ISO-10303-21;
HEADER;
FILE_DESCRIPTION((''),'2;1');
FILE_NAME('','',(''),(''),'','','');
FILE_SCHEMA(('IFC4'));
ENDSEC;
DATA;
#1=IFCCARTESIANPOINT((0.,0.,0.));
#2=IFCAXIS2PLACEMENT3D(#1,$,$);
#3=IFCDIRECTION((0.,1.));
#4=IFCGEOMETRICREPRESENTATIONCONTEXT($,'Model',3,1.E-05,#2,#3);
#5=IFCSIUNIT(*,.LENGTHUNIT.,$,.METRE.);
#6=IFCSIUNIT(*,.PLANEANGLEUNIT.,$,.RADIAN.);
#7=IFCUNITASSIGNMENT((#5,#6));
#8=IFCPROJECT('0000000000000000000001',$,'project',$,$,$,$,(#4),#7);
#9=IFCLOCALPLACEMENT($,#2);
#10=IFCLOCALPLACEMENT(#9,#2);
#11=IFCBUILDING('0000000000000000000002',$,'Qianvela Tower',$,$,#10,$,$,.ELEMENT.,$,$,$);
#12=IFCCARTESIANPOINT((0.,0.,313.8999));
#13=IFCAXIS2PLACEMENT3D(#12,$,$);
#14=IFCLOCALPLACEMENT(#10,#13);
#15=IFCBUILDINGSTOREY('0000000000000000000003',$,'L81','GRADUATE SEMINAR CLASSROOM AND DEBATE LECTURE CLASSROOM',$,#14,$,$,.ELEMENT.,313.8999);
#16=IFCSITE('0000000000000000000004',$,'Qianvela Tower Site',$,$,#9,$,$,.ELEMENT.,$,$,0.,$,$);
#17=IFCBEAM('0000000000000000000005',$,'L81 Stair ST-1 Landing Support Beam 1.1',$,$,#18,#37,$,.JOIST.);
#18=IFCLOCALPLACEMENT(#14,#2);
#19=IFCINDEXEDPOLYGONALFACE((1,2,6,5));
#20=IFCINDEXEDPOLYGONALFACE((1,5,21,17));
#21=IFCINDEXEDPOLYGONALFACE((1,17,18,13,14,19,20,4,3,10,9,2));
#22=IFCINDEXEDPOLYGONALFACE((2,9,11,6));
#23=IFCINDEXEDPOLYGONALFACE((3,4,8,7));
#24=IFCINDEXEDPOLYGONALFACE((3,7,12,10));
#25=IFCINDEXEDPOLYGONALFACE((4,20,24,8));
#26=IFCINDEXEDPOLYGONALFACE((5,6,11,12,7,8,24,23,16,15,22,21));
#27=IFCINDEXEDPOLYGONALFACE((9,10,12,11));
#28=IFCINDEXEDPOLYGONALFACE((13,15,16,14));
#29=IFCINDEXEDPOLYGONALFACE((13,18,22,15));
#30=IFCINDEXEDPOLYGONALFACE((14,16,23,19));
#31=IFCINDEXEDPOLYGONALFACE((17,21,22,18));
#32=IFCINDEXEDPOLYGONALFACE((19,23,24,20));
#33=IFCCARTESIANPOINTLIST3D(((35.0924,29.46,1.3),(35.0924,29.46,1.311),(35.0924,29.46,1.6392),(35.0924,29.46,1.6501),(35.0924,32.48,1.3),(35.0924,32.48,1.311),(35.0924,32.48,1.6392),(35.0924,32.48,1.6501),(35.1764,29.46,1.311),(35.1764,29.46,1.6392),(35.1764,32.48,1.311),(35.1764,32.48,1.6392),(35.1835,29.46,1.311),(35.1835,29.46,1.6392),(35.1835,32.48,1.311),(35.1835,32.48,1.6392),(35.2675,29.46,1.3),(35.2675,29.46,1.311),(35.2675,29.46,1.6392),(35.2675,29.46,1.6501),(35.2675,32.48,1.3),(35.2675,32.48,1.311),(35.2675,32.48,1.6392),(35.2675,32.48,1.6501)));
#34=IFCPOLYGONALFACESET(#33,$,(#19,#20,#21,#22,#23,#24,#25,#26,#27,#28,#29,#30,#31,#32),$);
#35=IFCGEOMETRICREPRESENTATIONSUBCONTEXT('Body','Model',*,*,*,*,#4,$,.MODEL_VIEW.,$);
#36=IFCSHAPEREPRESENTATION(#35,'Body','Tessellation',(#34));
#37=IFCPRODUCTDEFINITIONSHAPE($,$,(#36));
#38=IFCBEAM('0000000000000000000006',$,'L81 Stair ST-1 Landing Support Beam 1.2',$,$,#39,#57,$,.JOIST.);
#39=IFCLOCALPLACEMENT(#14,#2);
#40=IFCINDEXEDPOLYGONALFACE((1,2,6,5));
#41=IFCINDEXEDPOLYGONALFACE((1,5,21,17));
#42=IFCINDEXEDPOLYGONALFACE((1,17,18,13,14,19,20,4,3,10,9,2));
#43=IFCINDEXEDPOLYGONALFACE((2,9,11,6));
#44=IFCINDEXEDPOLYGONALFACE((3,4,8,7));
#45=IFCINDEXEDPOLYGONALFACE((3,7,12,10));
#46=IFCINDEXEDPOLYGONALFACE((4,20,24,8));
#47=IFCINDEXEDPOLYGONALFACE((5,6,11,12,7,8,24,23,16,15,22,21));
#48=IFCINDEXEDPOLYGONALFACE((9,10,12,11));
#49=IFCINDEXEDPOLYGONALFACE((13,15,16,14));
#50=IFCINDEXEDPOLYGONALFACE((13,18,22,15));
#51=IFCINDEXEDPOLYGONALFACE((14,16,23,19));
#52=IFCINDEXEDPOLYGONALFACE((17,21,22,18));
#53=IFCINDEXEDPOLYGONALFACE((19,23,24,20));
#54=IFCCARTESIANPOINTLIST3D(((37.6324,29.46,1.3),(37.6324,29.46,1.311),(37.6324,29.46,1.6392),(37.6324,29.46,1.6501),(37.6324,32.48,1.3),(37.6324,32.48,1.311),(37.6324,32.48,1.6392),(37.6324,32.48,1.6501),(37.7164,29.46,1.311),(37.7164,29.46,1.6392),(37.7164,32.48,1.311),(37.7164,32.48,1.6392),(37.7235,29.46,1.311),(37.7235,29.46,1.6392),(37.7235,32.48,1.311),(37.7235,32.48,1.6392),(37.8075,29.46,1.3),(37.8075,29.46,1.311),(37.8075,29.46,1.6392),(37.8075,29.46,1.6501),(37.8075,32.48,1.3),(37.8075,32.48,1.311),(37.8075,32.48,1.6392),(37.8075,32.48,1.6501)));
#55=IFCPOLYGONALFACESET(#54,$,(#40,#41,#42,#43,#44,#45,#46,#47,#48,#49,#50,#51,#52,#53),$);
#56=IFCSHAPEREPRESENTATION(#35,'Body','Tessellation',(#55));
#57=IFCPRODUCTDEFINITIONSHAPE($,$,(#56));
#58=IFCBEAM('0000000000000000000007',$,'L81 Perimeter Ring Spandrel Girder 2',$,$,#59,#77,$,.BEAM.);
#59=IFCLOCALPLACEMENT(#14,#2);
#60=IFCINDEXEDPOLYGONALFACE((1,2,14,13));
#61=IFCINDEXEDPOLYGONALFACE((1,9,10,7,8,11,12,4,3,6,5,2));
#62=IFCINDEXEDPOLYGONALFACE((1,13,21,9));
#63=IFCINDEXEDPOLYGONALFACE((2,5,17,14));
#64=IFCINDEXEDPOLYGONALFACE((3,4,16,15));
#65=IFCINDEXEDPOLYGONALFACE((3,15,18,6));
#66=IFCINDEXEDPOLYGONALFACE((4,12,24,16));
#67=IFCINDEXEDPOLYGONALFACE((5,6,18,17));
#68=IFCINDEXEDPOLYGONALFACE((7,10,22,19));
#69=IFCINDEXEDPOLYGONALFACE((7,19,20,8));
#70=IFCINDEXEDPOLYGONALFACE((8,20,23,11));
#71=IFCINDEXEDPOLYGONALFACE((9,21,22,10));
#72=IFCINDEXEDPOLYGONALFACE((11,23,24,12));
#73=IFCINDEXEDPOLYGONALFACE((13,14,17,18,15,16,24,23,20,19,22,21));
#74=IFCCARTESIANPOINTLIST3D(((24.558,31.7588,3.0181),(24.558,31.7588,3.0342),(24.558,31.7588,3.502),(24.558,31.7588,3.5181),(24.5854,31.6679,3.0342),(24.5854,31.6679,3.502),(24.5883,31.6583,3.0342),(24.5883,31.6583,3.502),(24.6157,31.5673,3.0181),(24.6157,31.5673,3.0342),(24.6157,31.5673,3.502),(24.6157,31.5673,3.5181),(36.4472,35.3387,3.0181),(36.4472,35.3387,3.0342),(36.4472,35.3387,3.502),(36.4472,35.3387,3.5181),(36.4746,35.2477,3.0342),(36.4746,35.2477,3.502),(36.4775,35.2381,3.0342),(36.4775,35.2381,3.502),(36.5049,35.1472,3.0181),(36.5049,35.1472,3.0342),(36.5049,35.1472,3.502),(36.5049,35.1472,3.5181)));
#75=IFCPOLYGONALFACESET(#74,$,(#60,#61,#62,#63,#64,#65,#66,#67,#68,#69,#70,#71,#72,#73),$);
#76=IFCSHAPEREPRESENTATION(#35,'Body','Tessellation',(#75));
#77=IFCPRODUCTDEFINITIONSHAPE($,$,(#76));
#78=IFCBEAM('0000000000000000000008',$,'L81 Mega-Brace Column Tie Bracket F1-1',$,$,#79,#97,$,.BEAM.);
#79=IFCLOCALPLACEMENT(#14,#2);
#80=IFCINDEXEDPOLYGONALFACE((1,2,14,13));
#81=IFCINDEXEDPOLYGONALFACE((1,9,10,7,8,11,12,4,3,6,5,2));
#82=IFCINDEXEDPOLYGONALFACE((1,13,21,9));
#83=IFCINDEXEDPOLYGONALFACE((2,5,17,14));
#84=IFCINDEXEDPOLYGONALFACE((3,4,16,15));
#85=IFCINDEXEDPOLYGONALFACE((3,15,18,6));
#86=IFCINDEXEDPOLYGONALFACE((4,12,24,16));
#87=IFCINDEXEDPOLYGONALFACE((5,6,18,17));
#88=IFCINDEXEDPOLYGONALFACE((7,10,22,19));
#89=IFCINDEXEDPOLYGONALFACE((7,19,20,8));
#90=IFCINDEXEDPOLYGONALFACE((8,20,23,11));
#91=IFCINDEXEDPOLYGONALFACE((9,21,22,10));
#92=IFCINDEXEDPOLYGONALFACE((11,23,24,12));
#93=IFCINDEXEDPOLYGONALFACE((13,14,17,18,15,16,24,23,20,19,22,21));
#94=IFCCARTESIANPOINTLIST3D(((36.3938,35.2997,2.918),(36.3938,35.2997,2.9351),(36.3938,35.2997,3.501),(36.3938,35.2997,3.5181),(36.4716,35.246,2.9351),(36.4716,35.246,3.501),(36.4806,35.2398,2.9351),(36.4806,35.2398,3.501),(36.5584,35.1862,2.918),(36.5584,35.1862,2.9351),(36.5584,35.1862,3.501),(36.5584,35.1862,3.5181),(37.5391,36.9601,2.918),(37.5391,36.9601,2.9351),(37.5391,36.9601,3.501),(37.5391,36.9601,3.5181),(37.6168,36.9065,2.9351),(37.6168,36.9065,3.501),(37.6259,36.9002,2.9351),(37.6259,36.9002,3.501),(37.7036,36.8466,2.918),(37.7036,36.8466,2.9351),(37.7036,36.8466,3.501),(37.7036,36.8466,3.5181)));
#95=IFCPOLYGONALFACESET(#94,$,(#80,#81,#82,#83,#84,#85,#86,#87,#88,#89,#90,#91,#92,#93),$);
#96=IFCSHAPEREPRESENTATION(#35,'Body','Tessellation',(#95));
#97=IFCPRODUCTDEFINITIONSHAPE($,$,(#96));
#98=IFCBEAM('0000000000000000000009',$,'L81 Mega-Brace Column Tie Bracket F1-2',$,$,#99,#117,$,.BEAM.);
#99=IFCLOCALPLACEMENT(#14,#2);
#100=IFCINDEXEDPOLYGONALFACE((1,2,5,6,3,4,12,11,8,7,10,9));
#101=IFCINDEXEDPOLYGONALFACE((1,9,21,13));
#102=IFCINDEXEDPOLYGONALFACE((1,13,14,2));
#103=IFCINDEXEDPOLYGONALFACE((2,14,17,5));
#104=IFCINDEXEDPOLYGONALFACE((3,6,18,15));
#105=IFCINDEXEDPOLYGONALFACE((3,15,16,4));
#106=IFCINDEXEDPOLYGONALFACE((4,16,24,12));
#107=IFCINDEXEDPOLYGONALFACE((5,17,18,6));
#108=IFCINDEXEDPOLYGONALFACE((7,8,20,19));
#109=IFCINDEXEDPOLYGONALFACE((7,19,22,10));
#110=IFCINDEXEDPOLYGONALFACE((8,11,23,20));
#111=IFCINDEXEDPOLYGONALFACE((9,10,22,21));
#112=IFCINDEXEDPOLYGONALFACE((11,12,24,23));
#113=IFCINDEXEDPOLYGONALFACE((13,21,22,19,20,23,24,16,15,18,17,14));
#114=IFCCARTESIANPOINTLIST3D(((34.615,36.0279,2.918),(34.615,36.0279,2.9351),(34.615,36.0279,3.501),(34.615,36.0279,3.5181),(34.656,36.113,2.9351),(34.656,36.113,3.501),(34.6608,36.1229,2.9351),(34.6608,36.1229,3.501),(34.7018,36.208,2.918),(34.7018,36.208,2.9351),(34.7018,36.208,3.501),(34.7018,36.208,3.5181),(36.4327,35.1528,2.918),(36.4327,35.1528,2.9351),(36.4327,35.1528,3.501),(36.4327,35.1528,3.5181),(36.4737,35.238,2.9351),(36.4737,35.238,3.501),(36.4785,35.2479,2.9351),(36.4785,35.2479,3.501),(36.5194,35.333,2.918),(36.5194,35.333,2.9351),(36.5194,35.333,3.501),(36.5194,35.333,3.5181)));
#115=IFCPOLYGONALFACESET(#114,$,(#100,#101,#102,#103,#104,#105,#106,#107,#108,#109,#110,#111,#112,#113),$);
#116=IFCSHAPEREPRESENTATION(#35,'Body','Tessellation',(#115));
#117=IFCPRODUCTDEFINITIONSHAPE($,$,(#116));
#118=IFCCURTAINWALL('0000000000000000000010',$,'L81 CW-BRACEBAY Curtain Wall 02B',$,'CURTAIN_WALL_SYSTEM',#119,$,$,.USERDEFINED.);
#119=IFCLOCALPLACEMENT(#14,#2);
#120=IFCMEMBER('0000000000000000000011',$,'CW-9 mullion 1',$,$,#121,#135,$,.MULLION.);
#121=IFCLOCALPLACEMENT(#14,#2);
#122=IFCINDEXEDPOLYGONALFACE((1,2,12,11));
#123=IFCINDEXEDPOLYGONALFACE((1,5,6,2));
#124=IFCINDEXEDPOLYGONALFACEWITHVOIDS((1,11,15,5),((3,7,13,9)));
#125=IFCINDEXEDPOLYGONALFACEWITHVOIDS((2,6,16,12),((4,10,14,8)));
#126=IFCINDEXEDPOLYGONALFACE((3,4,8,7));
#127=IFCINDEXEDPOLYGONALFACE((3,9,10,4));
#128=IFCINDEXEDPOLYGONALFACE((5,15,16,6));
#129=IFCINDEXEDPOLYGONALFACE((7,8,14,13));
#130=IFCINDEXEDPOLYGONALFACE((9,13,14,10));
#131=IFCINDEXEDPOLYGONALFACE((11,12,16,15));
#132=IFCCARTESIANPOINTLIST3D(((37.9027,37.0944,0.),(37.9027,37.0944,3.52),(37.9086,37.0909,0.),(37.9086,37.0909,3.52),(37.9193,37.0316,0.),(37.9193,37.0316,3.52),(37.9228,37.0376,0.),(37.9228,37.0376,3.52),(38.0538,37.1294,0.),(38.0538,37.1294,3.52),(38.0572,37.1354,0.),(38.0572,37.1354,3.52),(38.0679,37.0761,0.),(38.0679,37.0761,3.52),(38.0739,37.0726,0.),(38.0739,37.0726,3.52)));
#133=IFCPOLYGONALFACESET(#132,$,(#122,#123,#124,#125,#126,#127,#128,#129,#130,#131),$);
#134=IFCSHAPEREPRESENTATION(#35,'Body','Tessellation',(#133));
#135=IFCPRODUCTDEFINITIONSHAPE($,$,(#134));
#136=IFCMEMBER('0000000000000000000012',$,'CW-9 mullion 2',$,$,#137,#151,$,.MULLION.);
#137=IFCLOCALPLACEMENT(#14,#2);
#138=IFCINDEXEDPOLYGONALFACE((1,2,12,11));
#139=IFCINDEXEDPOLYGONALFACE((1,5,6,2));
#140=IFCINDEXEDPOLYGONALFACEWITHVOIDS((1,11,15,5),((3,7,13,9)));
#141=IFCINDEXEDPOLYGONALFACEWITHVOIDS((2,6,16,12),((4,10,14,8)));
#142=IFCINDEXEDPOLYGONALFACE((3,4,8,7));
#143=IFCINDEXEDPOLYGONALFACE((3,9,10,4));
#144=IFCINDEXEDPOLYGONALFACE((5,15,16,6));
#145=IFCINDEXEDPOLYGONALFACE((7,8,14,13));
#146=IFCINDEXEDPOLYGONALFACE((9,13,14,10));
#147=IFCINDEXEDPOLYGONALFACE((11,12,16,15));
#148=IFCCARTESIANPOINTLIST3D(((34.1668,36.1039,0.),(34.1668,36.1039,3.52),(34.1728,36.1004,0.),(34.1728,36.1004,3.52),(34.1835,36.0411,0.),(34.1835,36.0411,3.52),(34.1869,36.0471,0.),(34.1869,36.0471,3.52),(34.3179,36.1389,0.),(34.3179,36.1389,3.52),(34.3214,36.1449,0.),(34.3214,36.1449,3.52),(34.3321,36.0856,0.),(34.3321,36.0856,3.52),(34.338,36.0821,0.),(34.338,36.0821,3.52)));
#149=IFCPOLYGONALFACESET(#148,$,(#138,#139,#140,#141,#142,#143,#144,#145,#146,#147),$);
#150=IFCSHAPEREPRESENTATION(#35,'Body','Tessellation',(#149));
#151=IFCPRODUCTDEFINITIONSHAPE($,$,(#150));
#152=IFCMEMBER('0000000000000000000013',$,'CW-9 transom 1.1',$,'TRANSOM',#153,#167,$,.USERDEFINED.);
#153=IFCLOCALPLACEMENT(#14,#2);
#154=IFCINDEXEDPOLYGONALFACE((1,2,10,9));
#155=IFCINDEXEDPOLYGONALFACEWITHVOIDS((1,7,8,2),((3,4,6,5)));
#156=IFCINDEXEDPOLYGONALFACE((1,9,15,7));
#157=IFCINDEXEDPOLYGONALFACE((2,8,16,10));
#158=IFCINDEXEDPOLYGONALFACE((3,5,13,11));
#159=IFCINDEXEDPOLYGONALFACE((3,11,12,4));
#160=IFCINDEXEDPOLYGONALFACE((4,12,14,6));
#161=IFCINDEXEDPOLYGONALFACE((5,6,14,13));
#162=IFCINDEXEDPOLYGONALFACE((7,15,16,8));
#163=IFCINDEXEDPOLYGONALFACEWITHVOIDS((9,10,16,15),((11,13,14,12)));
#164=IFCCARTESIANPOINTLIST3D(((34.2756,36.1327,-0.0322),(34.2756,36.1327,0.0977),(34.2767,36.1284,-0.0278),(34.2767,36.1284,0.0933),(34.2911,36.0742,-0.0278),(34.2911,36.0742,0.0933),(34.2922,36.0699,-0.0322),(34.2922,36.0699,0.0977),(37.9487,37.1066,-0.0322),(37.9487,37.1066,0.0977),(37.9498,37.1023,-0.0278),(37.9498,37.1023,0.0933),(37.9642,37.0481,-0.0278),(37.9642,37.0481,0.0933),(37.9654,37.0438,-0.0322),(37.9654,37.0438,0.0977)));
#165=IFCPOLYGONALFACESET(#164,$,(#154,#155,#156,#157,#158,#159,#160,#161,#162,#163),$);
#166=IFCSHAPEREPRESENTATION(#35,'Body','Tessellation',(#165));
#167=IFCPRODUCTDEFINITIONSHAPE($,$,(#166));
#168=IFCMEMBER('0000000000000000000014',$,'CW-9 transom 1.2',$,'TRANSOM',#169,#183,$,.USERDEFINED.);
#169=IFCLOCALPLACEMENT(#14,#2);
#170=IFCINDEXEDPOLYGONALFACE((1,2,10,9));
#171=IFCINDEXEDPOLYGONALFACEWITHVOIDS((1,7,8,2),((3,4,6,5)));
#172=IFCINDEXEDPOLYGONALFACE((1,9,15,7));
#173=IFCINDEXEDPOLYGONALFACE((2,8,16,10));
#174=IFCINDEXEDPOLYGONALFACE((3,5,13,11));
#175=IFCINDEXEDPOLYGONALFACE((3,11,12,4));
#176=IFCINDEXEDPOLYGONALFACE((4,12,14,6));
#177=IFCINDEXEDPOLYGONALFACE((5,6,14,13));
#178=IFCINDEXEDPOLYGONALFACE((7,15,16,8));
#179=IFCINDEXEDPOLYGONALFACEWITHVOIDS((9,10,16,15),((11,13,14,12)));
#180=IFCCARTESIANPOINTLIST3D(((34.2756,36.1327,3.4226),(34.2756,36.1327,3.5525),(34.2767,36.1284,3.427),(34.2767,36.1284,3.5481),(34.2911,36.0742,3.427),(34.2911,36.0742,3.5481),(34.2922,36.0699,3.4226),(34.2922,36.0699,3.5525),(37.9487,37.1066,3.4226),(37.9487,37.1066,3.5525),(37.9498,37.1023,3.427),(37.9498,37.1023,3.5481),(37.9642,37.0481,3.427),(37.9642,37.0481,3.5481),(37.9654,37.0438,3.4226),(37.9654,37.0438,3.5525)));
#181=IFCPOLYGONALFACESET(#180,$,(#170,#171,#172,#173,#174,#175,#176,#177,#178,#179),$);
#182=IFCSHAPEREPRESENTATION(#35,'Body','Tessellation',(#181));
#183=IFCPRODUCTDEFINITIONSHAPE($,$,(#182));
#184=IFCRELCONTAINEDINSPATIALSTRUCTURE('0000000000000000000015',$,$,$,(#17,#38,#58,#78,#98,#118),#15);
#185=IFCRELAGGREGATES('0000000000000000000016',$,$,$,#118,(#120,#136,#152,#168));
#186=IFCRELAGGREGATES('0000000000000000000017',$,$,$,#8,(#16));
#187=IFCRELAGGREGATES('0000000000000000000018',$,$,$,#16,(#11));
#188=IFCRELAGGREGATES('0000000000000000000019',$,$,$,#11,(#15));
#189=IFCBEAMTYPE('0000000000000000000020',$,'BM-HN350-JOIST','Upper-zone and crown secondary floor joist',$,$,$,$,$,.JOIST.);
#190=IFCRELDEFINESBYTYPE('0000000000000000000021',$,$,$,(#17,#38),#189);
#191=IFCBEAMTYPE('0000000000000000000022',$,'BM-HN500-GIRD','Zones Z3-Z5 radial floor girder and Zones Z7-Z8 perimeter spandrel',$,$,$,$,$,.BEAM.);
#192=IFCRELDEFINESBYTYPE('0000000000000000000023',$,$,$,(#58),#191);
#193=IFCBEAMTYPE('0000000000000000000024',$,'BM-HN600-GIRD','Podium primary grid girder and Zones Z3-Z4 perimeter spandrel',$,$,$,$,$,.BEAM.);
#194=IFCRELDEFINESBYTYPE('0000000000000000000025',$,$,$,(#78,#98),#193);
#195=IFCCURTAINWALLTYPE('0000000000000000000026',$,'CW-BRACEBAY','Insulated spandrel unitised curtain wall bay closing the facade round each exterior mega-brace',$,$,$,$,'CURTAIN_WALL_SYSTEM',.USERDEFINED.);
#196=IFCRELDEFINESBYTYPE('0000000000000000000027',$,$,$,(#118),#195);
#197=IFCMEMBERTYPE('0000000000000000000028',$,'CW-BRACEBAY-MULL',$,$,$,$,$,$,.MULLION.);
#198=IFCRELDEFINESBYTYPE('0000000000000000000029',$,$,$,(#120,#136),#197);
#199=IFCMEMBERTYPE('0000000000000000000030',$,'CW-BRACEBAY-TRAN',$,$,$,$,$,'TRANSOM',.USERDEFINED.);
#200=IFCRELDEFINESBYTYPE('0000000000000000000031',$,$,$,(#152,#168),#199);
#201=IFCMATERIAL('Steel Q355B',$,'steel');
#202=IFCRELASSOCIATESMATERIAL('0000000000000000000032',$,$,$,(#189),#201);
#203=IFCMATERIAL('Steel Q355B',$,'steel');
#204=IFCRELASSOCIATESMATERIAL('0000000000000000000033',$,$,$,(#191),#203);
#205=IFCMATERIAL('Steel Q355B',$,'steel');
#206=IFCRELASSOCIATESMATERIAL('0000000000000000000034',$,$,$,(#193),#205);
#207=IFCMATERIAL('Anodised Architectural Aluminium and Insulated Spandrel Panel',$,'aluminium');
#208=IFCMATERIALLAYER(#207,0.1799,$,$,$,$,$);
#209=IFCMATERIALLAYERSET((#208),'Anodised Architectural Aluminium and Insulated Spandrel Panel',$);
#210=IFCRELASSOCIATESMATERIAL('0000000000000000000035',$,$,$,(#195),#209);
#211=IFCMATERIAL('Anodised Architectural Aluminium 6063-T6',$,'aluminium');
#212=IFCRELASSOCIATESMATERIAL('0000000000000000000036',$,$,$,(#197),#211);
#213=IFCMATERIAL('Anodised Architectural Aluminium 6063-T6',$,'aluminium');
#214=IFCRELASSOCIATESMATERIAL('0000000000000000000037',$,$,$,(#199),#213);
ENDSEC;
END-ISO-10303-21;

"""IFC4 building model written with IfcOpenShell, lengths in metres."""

from ifc_helpers import new_model, si_unit, direction, frame, origin, origin_2d, place, context, subcontext, project, spatial, hollow_rectangle, i_section, extrude, material, layer, layer_set, material_profile, profile_set, type_object, element, aggregate, save


model = new_model("IFC4")

# Units and contexts
model_context = context("Model", 3, precision=1e-05, world=origin(), true_north=direction((0.0, 1.0)))
body_context = subcontext(model_context, "Body", "Model", "MODEL_VIEW")
ifc_project = project(units=[si_unit("LENGTHUNIT", "METRE"), si_unit("PLANEANGLEUNIT", "RADIAN")], contexts=[model_context])

# Site, building, storey
site_placement = place(None, origin())
site = spatial("IfcSite", under=ifc_project, at=site_placement, Name="Qianvela Tower Site", CompositionType="ELEMENT", RefElevation=0.0)
building_placement = place(site_placement, origin())
building = spatial("IfcBuilding", under=site, at=building_placement, Name="Qianvela Tower", CompositionType="ELEMENT")
storey_placement = place(building_placement, frame((0.0, 0.0, 313.8999)))
storey = spatial("IfcBuildingStorey", under=building, at=storey_placement, Name="L81", Description="GRADUATE SEMINAR CLASSROOM AND DEBATE LECTURE CLASSROOM", CompositionType="ELEMENT", Elevation=313.8999)

# Beams
ifc_material_1 = material(Name="Steel Q355B", Category="steel")
ifc_material_profile_1 = material_profile(ifc_material_1, i_section(OverallWidth=0.175, OverallDepth=0.3501, WebThickness=0.0071, FlangeThickness=0.011, at=origin_2d()), Name="HN350x175x7x11")
ifc_profile_set_1 = profile_set([ifc_material_profile_1], Name="Steel Q355B")
beam_type_1 = type_object("IfcBeamType", Name="BM-HN350-JOIST", Description="Upper-zone and crown secondary floor joist", PredefinedType="JOIST", material=ifc_profile_set_1)
for number, where, z_axis, x_axis, name in (
    (1, (35.1799, 29.46, 1.4751), (0.0, 1.0, 0.0), (-1.0, 0.0, 0.0), "L81 Stair ST-1 Landing Support Beam 1.1"),
    (2, (37.72, 29.46, 1.4751), (0.0, 1.0, 0.0), (-1.0, 0.0, 0.0), "L81 Stair ST-1 Landing Support Beam 1.2"),
):
    element("IfcBeam", number, at=place(storey_placement, frame(where, z_axis=z_axis, x_axis=x_axis)), inside=storey, type_object=beam_type_1, Name=name, PredefinedType="JOIST", context=body_context, shape_type="SweptSolid", body=[
        extrude(i_section(OverallWidth=0.175, OverallDepth=0.3501, WebThickness=0.0071, FlangeThickness=0.011, at=origin_2d()), origin(), (0.0, 0.0, 1.0), 3.02),
    ])
ifc_material_2 = material(Name="Steel Q355B", Category="steel")
ifc_material_profile_2 = material_profile(ifc_material_2, i_section(OverallWidth=0.2, OverallDepth=0.5, WebThickness=0.01, FlangeThickness=0.0161, at=origin_2d()), Name="HN500x200x10x16")
ifc_profile_set_2 = profile_set([ifc_material_profile_2], Name="Steel Q355B")
beam_type_2 = type_object("IfcBeamType", Name="BM-HN500-GIRD", Description="Zones Z3-Z5 radial floor girder and Zones Z7-Z8 perimeter spandrel", PredefinedType="BEAM", material=ifc_profile_set_2)
beam_1_placement = place(storey_placement, frame((36.4761, 35.2429, 3.2681), z_axis=(-0.957536, -0.288315, 0.0), x_axis=(0.288315, -0.957536, 0.0)))
element("IfcBeam", 3, at=beam_1_placement, inside=storey, type_object=beam_type_2, Name="L81 Perimeter Ring Spandrel Girder 2", PredefinedType="BEAM", context=body_context, shape_type="SweptSolid", body=[
    extrude(i_section(OverallWidth=0.2, OverallDepth=0.5, WebThickness=0.01, FlangeThickness=0.0161, at=origin_2d()), origin(), (0.0, 0.0, 1.0), 12.4165),
])
ifc_material_3 = material(Name="Steel Q355B", Category="steel")
ifc_material_profile_3 = material_profile(ifc_material_3, i_section(OverallWidth=0.2, OverallDepth=0.6001, WebThickness=0.011, FlangeThickness=0.0171, at=origin_2d()), Name="HN600x200x11x17")
ifc_profile_set_3 = profile_set([ifc_material_profile_3], Name="Steel Q355B")
beam_type_3 = type_object("IfcBeamType", Name="BM-HN600-GIRD", Description="Podium primary grid girder and Zones Z3-Z4 perimeter spandrel", PredefinedType="BEAM", material=ifc_profile_set_3)
beam_2_placement = place(storey_placement, frame((36.4761, 35.2429, 3.218), z_axis=(0.567787, 0.823176, 0.0), x_axis=(-0.823176, 0.567787, 0.0)))
element("IfcBeam", 4, at=beam_2_placement, inside=storey, type_object=beam_type_3, Name="L81 Mega-Brace Column Tie Bracket F1-1", PredefinedType="BEAM", context=body_context, shape_type="SweptSolid", body=[
    extrude(i_section(OverallWidth=0.2, OverallDepth=0.6001, WebThickness=0.011, FlangeThickness=0.0171, at=origin_2d()), origin(), (0.0, 0.0, 1.0), 2.0171),
])
beam_3_placement = place(storey_placement, frame((36.4761, 35.2429, 3.218), z_axis=(-0.901031, 0.433754, 0.0), x_axis=(-0.433754, -0.901031, 0.0)))
element("IfcBeam", 5, at=beam_3_placement, inside=storey, type_object=beam_type_3, Name="L81 Mega-Brace Column Tie Bracket F1-2", PredefinedType="BEAM", context=body_context, shape_type="SweptSolid", body=[
    extrude(i_section(OverallWidth=0.2, OverallDepth=0.6001, WebThickness=0.011, FlangeThickness=0.0171, at=origin_2d()), origin(), (0.0, 0.0, 1.0), 2.0173),
])

# Curtain wall, members
ifc_material_4 = material(Name="Anodised Architectural Aluminium and Insulated Spandrel Panel", Category="aluminium")
ifc_layer_1 = layer(ifc_material_4, 0.1799)
ifc_layer_set_1 = layer_set([ifc_layer_1], Name="Anodised Architectural Aluminium and Insulated Spandrel Panel")
curtain_wall_type_1 = type_object("IfcCurtainWallType", Name="CW-BRACEBAY", Description="Insulated spandrel unitised curtain wall bay closing the facade round each exterior mega-brace", ElementType="CURTAIN_WALL_SYSTEM", PredefinedType="USERDEFINED", material=ifc_layer_set_1)
curtain_wall_1_placement = place(storey_placement, origin())
curtain_wall_1 = element("IfcCurtainWall", 6, at=curtain_wall_1_placement, inside=storey, type_object=curtain_wall_type_1, Name="L81 CW-BRACEBAY Curtain Wall 02B", ObjectType="CURTAIN_WALL_SYSTEM", PredefinedType="USERDEFINED")
ifc_material_5 = material(Name="Anodised Architectural Aluminium 6063-T6", Category="aluminium")
ifc_material_profile_4 = material_profile(ifc_material_5, hollow_rectangle(XDim=0.0649, YDim=0.1599, WallThickness=0.0049, at=origin_2d()), Name="ALU-MULL-65x160")
ifc_profile_set_4 = profile_set([ifc_material_profile_4], Name="Anodised Architectural Aluminium 6063-T6")
member_type_1 = type_object("IfcMemberType", Name="CW-BRACEBAY-MULL", PredefinedType="MULLION", material=ifc_profile_set_4)
member_1_placement = place(storey_placement, frame((37.9883, 37.0835, 0.0), z_axis=(0.0, 0.0, 1.0), x_axis=(0.256258, -0.966609, 0.0)))
member_1 = element("IfcMember", 7, at=member_1_placement, type_object=member_type_1, Name="CW-9 mullion 1", PredefinedType="MULLION", context=body_context, shape_type="SweptSolid", body=[
    extrude(hollow_rectangle(XDim=0.0649, YDim=0.1599, WallThickness=0.0049, at=origin_2d()), origin(), (0.0, 0.0, 1.0), 3.52),
])
member_2_placement = place(storey_placement, frame((34.2524, 36.093, 0.0), z_axis=(0.0, 0.0, 1.0), x_axis=(0.256258, -0.966609, 0.0)))
member_2 = element("IfcMember", 8, at=member_2_placement, type_object=member_type_1, Name="CW-9 mullion 2", PredefinedType="MULLION", context=body_context, shape_type="SweptSolid", body=[
    extrude(hollow_rectangle(XDim=0.0649, YDim=0.1599, WallThickness=0.0049, at=origin_2d()), origin(), (0.0, 0.0, 1.0), 3.52),
])
ifc_material_6 = material(Name="Anodised Architectural Aluminium 6063-T6", Category="aluminium")
ifc_material_profile_5 = material_profile(ifc_material_6, hollow_rectangle(XDim=0.0649, YDim=0.1299, WallThickness=0.0044, at=origin_2d()), Name="ALU-TRAN-65x130")
ifc_profile_set_5 = profile_set([ifc_material_profile_5], Name="Anodised Architectural Aluminium 6063-T6")
member_type_2 = type_object("IfcMemberType", Name="CW-BRACEBAY-TRAN", ElementType="TRANSOM", PredefinedType="USERDEFINED", material=ifc_profile_set_5)
member_3_placement = place(storey_placement, frame((37.957, 37.0752, 0.0327), z_axis=(-0.966602, -0.256283, 0.0), x_axis=(0.256283, -0.966602, 0.0)))
member_3 = element("IfcMember", 9, at=member_3_placement, type_object=member_type_2, Name="CW-9 transom 1.1", ObjectType="TRANSOM", PredefinedType="USERDEFINED", context=body_context, shape_type="SweptSolid", body=[
    extrude(hollow_rectangle(XDim=0.0649, YDim=0.1299, WallThickness=0.0044, at=origin_2d()), origin(), (0.0, 0.0, 1.0), 3.8),
])
member_4_placement = place(storey_placement, frame((37.957, 37.0752, 3.4875), z_axis=(-0.966602, -0.256283, 0.0), x_axis=(0.256283, -0.966602, 0.0)))
member_4 = element("IfcMember", 10, at=member_4_placement, type_object=member_type_2, Name="CW-9 transom 1.2", ObjectType="TRANSOM", PredefinedType="USERDEFINED", context=body_context, shape_type="SweptSolid", body=[
    extrude(hollow_rectangle(XDim=0.0649, YDim=0.1299, WallThickness=0.0044, at=origin_2d()), origin(), (0.0, 0.0, 1.0), 3.8),
])

aggregate(curtain_wall_1, [member_1, member_2, member_3, member_4])

save(model, "model.ifc")
